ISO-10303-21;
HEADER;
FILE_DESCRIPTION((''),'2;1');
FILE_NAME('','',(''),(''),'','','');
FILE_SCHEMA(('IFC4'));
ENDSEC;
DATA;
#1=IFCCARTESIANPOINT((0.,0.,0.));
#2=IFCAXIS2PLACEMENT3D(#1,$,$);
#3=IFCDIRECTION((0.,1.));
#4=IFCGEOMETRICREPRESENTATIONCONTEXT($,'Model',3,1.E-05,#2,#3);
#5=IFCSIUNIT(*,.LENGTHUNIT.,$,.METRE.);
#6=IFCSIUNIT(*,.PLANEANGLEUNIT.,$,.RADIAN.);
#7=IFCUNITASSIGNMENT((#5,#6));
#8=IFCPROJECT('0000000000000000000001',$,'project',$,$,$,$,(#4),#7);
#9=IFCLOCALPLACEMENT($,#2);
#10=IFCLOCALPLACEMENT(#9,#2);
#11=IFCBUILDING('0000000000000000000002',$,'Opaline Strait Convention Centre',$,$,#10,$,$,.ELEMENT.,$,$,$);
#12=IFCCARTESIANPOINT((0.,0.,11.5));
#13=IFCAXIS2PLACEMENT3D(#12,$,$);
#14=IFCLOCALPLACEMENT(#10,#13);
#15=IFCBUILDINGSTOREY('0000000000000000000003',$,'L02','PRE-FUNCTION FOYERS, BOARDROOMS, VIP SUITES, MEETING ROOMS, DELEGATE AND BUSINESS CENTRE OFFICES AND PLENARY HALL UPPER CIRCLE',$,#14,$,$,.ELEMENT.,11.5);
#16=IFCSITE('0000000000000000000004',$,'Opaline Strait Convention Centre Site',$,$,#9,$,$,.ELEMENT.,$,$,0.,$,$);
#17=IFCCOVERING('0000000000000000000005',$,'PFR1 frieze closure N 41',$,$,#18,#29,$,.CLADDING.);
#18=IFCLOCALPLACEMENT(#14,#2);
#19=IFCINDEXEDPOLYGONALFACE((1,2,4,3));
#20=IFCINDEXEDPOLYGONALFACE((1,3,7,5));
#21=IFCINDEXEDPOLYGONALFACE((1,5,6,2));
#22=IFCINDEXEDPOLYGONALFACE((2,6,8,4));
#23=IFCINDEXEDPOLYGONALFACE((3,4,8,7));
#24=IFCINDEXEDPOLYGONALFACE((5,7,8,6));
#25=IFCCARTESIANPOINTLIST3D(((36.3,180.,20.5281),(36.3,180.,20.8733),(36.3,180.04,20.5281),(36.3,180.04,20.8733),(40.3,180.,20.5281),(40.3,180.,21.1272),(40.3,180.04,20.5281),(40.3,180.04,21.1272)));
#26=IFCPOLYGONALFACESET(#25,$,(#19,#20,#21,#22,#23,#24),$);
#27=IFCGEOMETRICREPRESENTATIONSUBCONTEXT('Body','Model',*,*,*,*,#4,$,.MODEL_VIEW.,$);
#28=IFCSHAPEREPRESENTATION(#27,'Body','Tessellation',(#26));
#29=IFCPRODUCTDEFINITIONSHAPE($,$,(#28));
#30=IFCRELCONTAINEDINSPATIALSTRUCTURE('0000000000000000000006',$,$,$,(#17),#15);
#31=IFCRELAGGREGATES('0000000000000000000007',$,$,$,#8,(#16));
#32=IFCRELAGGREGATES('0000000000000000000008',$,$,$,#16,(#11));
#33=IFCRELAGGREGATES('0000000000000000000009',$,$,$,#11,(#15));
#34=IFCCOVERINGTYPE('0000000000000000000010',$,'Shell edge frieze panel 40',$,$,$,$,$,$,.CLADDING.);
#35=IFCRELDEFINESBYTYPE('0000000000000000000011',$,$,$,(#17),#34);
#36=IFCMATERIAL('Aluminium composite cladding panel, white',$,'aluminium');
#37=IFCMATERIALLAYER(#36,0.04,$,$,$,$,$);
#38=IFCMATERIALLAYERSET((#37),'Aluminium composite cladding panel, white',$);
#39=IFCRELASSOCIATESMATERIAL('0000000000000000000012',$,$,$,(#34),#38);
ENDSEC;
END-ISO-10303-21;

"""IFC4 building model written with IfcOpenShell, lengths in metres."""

from ifc_helpers import new_model, si_unit, direction, frame, origin, place, context, subcontext, project, spatial, polyline, outline, extrude, material, layer, layer_set, type_object, element, save


model = new_model("IFC4")

# Units and contexts
model_context = context("Model", 3, precision=1e-05, world=origin(), true_north=direction((0.0, 1.0)))
body_context = subcontext(model_context, "Body", "Model", "MODEL_VIEW")
ifc_project = project(units=[si_unit("LENGTHUNIT", "METRE"), si_unit("PLANEANGLEUNIT", "RADIAN")], contexts=[model_context])

# Site, building, storey
site_placement = place(None, origin())
site = spatial("IfcSite", under=ifc_project, at=site_placement, Name="Opaline Strait Convention Centre Site", CompositionType="ELEMENT", RefElevation=0.0)
building_placement = place(site_placement, origin())
building = spatial("IfcBuilding", under=site, at=building_placement, Name="Opaline Strait Convention Centre", CompositionType="ELEMENT")
storey_placement = place(building_placement, frame((0.0, 0.0, 11.5)))
storey = spatial("IfcBuildingStorey", under=building, at=storey_placement, Name="L02", Description="PRE-FUNCTION FOYERS, BOARDROOMS, VIP SUITES, MEETING ROOMS, DELEGATE AND BUSINESS CENTRE OFFICES AND PLENARY HALL UPPER CIRCLE", CompositionType="ELEMENT", Elevation=11.5)

# Covering
ifc_material_1 = material(Name="Aluminium composite cladding panel, white", Category="aluminium")
ifc_layer_1 = layer(ifc_material_1, 0.04)
ifc_layer_set_1 = layer_set([ifc_layer_1], Name="Aluminium composite cladding panel, white")
covering_type = type_object("IfcCoveringType", Name="Shell edge frieze panel 40", PredefinedType="CLADDING", material=ifc_layer_set_1)
covering_1_placement = place(storey_placement, frame((36.3, 180.0, 20.5281), z_axis=(0.0, -1.0, 0.0), x_axis=(1.0, 0.0, 0.0)))
element("IfcCovering", 1, at=covering_1_placement, inside=storey, type_object=covering_type, Name="PFR1 frieze closure N 41", PredefinedType="CLADDING", context=body_context, shape_type="SweptSolid", body=[
    extrude(outline(polyline([(0.0, 0.0), (4.0, 0.0), (4.0, 0.5991), (0.0, 0.3452), (0.0, 0.0)])), origin(), (0.0, 0.0, -1.0), 0.04),
])

save(model, "model.ifc")
